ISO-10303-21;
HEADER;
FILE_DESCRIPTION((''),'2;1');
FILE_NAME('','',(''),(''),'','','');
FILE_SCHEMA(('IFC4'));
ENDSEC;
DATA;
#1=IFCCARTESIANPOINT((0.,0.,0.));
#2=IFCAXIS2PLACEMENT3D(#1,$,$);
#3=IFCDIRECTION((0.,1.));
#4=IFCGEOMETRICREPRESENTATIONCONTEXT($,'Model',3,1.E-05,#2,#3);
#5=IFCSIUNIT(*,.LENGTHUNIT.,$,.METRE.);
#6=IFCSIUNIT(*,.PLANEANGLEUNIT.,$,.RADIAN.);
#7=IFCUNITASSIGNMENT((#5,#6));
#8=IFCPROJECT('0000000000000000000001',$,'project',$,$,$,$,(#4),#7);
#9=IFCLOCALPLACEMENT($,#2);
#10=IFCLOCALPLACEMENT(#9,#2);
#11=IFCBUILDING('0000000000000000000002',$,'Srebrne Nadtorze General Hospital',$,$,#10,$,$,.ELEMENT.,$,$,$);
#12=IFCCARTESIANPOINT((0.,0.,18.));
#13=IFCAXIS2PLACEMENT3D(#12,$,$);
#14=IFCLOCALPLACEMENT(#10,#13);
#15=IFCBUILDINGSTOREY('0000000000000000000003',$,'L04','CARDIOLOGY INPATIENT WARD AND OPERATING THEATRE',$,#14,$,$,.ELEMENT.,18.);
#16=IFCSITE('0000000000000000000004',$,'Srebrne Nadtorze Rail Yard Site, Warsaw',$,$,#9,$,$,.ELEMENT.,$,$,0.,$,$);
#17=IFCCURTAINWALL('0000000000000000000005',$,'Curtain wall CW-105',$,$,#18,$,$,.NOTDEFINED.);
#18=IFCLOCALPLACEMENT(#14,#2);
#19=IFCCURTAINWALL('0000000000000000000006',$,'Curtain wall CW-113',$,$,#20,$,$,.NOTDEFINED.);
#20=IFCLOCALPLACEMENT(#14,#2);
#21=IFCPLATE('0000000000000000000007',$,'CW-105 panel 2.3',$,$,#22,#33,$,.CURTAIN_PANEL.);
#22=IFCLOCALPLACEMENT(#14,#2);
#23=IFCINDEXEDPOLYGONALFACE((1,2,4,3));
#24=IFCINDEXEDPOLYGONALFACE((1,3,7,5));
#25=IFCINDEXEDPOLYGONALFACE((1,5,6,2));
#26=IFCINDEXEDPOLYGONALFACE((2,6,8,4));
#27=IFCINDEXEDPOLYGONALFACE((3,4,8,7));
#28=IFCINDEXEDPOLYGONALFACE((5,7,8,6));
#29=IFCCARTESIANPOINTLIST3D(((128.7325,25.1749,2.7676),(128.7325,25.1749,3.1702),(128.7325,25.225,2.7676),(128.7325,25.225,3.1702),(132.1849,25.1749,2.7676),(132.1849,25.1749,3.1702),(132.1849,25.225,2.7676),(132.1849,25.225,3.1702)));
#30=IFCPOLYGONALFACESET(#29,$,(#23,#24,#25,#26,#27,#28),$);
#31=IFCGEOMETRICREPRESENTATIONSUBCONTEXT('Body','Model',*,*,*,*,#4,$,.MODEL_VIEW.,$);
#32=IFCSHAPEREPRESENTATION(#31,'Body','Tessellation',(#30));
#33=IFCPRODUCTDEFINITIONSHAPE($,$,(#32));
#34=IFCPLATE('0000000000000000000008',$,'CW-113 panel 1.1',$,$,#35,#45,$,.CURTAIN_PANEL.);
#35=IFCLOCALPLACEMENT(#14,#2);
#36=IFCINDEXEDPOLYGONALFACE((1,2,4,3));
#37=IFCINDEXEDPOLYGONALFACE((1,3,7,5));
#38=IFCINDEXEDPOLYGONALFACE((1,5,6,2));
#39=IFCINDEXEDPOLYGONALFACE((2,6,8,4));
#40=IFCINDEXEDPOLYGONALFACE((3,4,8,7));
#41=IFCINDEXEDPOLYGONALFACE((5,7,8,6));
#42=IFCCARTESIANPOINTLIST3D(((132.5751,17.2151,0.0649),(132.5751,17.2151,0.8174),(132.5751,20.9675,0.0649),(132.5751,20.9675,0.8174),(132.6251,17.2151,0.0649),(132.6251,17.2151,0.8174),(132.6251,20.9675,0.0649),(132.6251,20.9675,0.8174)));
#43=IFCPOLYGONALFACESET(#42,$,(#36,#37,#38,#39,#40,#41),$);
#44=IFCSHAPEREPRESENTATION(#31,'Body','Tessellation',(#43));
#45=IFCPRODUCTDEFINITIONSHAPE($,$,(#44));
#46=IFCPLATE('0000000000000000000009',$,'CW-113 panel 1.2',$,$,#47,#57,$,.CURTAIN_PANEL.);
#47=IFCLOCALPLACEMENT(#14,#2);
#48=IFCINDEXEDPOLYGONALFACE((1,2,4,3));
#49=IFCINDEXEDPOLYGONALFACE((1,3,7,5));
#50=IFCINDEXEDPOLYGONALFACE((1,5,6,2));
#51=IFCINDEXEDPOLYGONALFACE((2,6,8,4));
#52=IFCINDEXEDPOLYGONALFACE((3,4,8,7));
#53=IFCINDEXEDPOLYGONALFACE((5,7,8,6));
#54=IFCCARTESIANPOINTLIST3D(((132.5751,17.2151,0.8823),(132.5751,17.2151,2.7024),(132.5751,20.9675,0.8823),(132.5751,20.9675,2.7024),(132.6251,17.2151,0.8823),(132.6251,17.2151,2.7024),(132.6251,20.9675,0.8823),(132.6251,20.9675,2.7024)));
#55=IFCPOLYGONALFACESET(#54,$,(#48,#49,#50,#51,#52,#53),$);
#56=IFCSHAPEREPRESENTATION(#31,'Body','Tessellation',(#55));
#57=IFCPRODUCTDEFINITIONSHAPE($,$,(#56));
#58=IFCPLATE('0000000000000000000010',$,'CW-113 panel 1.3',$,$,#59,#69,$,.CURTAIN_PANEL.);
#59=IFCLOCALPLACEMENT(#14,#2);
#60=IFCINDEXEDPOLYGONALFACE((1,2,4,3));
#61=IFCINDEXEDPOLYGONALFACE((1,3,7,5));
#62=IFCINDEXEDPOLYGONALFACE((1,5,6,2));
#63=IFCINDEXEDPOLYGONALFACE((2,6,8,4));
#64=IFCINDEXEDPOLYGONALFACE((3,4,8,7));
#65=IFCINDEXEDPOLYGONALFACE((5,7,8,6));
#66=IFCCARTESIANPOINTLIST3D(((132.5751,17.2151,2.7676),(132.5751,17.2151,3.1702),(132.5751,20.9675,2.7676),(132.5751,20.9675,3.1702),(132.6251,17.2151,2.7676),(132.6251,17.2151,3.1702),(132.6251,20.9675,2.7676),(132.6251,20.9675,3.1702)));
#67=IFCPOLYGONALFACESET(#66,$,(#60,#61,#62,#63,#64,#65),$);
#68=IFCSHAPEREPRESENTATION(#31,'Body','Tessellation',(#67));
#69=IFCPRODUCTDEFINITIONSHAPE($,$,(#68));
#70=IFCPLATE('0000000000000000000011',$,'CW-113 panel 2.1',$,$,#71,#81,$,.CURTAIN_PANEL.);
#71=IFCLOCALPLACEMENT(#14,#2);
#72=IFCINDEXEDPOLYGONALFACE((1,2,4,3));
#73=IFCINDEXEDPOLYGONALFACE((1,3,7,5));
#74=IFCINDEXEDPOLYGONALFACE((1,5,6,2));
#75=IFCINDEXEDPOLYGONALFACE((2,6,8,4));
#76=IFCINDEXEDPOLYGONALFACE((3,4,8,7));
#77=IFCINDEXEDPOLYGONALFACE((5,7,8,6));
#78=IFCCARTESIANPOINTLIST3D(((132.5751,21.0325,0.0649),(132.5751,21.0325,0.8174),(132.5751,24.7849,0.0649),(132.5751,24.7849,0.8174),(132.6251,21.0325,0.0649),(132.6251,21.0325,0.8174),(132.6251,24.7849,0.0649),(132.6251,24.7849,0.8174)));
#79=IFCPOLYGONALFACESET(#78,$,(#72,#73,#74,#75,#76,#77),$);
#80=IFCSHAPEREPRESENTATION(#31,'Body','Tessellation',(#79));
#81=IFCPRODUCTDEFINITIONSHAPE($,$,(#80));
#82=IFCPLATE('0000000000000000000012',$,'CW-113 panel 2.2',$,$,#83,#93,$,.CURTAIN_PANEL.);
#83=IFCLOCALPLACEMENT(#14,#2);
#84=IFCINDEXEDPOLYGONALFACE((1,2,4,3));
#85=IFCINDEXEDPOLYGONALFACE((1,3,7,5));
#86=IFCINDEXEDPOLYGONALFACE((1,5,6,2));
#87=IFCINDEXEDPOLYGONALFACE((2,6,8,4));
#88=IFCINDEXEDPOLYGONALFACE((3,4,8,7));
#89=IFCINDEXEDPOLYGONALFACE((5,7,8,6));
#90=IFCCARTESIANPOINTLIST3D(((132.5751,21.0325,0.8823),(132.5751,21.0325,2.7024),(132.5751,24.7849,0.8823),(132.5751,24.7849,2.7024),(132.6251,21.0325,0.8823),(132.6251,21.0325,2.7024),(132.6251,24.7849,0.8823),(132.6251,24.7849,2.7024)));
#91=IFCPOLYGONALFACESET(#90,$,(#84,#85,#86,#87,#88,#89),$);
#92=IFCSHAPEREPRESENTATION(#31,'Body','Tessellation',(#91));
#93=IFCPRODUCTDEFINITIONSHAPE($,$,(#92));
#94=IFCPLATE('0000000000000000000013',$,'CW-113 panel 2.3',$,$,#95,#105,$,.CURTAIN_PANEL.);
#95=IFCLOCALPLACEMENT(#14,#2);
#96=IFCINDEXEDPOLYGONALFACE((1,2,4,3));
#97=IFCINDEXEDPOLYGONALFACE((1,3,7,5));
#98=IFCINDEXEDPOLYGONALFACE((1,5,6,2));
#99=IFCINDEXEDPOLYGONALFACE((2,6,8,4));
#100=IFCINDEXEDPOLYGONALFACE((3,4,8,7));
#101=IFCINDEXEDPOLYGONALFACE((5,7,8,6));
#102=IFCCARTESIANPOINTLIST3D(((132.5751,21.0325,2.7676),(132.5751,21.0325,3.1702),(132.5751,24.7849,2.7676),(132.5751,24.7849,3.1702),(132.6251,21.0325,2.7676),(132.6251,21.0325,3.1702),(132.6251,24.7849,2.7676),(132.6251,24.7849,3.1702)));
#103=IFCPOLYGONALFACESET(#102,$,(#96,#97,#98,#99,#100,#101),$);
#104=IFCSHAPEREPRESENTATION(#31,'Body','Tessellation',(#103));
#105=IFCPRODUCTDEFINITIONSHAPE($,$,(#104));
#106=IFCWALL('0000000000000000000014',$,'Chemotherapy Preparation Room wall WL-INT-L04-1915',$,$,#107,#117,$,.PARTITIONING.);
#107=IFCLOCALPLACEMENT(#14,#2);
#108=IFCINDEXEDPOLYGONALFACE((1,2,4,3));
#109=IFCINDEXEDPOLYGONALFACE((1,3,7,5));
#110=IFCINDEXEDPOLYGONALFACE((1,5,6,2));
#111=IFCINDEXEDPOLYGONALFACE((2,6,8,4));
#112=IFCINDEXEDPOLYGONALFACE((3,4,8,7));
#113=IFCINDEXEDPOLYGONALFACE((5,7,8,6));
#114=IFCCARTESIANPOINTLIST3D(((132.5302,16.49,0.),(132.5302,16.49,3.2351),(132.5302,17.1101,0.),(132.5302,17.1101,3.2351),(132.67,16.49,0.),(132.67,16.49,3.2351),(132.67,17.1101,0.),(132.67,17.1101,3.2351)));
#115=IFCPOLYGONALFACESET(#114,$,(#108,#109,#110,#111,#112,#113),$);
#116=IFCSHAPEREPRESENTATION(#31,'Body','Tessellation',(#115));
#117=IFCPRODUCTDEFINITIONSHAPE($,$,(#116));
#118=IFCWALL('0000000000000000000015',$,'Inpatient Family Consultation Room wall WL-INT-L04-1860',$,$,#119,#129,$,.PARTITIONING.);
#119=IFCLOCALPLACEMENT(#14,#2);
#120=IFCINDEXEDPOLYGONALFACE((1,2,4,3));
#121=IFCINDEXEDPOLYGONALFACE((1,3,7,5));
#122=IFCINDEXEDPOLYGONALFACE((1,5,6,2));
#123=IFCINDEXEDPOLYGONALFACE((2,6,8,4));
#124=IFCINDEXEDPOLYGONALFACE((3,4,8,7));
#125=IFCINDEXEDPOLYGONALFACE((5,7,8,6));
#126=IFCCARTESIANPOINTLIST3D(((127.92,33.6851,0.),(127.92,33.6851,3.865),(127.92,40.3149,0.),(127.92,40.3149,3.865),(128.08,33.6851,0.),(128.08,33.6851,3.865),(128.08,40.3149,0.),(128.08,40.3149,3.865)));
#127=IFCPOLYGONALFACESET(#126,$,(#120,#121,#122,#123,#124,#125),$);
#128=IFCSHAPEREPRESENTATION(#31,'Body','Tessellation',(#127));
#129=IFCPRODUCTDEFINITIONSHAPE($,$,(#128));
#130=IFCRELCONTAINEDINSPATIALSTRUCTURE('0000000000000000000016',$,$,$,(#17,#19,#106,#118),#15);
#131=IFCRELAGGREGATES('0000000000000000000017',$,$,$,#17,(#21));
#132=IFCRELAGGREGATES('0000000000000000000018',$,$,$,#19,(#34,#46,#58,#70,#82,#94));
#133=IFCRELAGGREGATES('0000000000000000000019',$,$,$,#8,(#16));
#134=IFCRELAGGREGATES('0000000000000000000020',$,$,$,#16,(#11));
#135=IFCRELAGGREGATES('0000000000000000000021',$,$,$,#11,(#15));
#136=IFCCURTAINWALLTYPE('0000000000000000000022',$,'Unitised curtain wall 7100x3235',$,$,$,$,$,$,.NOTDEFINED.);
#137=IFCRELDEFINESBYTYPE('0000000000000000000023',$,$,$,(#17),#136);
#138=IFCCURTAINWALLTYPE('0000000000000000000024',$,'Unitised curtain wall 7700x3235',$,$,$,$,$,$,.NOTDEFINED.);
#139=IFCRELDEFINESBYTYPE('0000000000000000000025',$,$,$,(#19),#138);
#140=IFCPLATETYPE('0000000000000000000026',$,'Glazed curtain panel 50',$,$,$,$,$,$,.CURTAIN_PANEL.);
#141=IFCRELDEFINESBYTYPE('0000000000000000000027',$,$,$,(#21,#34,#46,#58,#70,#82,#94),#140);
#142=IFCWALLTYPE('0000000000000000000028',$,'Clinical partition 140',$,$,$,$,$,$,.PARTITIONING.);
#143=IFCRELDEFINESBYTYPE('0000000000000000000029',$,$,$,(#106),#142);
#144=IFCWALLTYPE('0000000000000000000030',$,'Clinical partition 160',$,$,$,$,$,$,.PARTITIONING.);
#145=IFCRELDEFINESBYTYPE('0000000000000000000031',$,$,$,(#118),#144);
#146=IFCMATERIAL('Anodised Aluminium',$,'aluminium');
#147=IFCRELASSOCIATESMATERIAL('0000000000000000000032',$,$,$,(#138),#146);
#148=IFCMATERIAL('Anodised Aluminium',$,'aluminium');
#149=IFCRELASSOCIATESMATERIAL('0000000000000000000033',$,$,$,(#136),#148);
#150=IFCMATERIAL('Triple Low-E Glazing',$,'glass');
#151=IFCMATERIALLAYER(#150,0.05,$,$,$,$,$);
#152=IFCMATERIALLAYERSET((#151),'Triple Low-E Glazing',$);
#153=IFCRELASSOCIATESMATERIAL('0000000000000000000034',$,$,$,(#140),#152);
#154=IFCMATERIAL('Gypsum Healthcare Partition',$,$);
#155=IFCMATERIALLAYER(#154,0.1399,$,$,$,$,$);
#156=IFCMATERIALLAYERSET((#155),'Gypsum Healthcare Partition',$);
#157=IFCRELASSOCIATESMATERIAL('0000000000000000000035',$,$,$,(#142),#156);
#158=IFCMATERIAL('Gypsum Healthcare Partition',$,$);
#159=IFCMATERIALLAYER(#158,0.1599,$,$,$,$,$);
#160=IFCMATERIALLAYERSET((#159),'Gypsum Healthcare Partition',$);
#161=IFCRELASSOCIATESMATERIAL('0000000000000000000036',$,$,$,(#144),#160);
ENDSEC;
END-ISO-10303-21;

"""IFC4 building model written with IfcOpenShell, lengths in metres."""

from ifc_helpers import new_model, si_unit, direction, frame, frame_2d, origin, origin_2d, place, context, subcontext, project, spatial, rectangle, extrude, material, layer, layer_set, type_object, element, aggregate, save


model = new_model("IFC4")

# Units and contexts
model_context = context("Model", 3, precision=1e-05, world=origin(), true_north=direction((0.0, 1.0)))
body_context = subcontext(model_context, "Body", "Model", "MODEL_VIEW")
ifc_project = project(units=[si_unit("LENGTHUNIT", "METRE"), si_unit("PLANEANGLEUNIT", "RADIAN")], contexts=[model_context])

# Site, building, storey
site_placement = place(None, origin())
site = spatial("IfcSite", under=ifc_project, at=site_placement, Name="Srebrne Nadtorze Rail Yard Site, Warsaw", CompositionType="ELEMENT", RefElevation=0.0)
building_placement = place(site_placement, origin())
building = spatial("IfcBuilding", under=site, at=building_placement, Name="Srebrne Nadtorze General Hospital", CompositionType="ELEMENT")
storey_placement = place(building_placement, frame((0.0, 0.0, 18.0)))
storey = spatial("IfcBuildingStorey", under=building, at=storey_placement, Name="L04", Description="CARDIOLOGY INPATIENT WARD AND OPERATING THEATRE", CompositionType="ELEMENT", Elevation=18.0)

# Shared definitions
ifc_material_1 = material(Name="Anodised Aluminium", Category="aluminium")
curtain_wall_type_1 = type_object("IfcCurtainWallType", Name="Unitised curtain wall 7700x3235", PredefinedType="NOTDEFINED", material=ifc_material_1)

# Curtain walls
ifc_material_2 = material(Name="Anodised Aluminium", Category="aluminium")
curtain_wall_type_2 = type_object("IfcCurtainWallType", Name="Unitised curtain wall 7100x3235", PredefinedType="NOTDEFINED", material=ifc_material_2)
curtain_wall_1_placement = place(storey_placement, origin())
curtain_wall_1 = element("IfcCurtainWall", 1, at=curtain_wall_1_placement, inside=storey, type_object=curtain_wall_type_2, Name="Curtain wall CW-105", PredefinedType="NOTDEFINED")
curtain_wall_2_placement = place(storey_placement, origin())
curtain_wall_2 = element("IfcCurtainWall", 2, at=curtain_wall_2_placement, inside=storey, type_object=curtain_wall_type_1, Name="Curtain wall CW-113", PredefinedType="NOTDEFINED")

# Plates
ifc_material_3 = material(Name="Triple Low-E Glazing", Category="glass")
ifc_layer_1 = layer(ifc_material_3, 0.05)
ifc_layer_set_1 = layer_set([ifc_layer_1], Name="Triple Low-E Glazing")
plate_type = type_object("IfcPlateType", Name="Glazed curtain panel 50", PredefinedType="CURTAIN_PANEL", material=ifc_layer_set_1)
plate_1_placement = place(storey_placement, frame((130.4587, 25.2, 2.7676), z_axis=(0.0, 0.0, 1.0), x_axis=(1.0, 0.0, 0.0)))
plate_1 = element("IfcPlate", 3, at=plate_1_placement, type_object=plate_type, Name="CW-105 panel 2.3", PredefinedType="CURTAIN_PANEL", context=body_context, shape_type="SweptSolid", body=[
    extrude(rectangle(XDim=3.4524, YDim=0.05, at=origin_2d()), origin(), (0.0, 0.0, 1.0), 0.4026),
])
aggregate(curtain_wall_1, [plate_1])
plate_2_placement = place(storey_placement, frame((132.6001, 19.0913, 0.0649), z_axis=(0.0, 0.0, 1.0), x_axis=(0.0, 1.0, 0.0)))
plate_2 = element("IfcPlate", 4, at=plate_2_placement, type_object=plate_type, Name="CW-113 panel 1.1", PredefinedType="CURTAIN_PANEL", context=body_context, shape_type="SweptSolid", body=[
    extrude(rectangle(XDim=3.7524, YDim=0.05, at=origin_2d()), origin(), (0.0, 0.0, 1.0), 0.7524),
])
plate_3_placement = place(storey_placement, frame((132.6001, 19.0913, 0.8823), z_axis=(0.0, 0.0, 1.0), x_axis=(0.0, 1.0, 0.0)))
plate_3 = element("IfcPlate", 5, at=plate_3_placement, type_object=plate_type, Name="CW-113 panel 1.2", PredefinedType="CURTAIN_PANEL", context=body_context, shape_type="SweptSolid", body=[
    extrude(rectangle(XDim=3.7524, YDim=0.05, at=origin_2d()), origin(), (0.0, 0.0, 1.0), 1.8201),
])
plate_4_placement = place(storey_placement, frame((132.6001, 19.0913, 2.7676), z_axis=(0.0, 0.0, 1.0), x_axis=(0.0, 1.0, 0.0)))
plate_4 = element("IfcPlate", 6, at=plate_4_placement, type_object=plate_type, Name="CW-113 panel 1.3", PredefinedType="CURTAIN_PANEL", context=body_context, shape_type="SweptSolid", body=[
    extrude(rectangle(XDim=3.7524, YDim=0.05, at=origin_2d()), origin(), (0.0, 0.0, 1.0), 0.4026),
])
plate_5_placement = place(storey_placement, frame((132.6001, 22.9087, 0.0649), z_axis=(0.0, 0.0, 1.0), x_axis=(0.0, 1.0, 0.0)))
plate_5 = element("IfcPlate", 7, at=plate_5_placement, type_object=plate_type, Name="CW-113 panel 2.1", PredefinedType="CURTAIN_PANEL", context=body_context, shape_type="SweptSolid", body=[
    extrude(rectangle(XDim=3.7524, YDim=0.05, at=origin_2d()), origin(), (0.0, 0.0, 1.0), 0.7524),
])
plate_6_placement = place(storey_placement, frame((132.6001, 22.9087, 0.8823), z_axis=(0.0, 0.0, 1.0), x_axis=(0.0, 1.0, 0.0)))
plate_6 = element("IfcPlate", 8, at=plate_6_placement, type_object=plate_type, Name="CW-113 panel 2.2", PredefinedType="CURTAIN_PANEL", context=body_context, shape_type="SweptSolid", body=[
    extrude(rectangle(XDim=3.7524, YDim=0.05, at=origin_2d()), origin(), (0.0, 0.0, 1.0), 1.8201),
])
plate_7_placement = place(storey_placement, frame((132.6001, 22.9087, 2.7676), z_axis=(0.0, 0.0, 1.0), x_axis=(0.0, 1.0, 0.0)))
plate_7 = element("IfcPlate", 9, at=plate_7_placement, type_object=plate_type, Name="CW-113 panel 2.3", PredefinedType="CURTAIN_PANEL", context=body_context, shape_type="SweptSolid", body=[
    extrude(rectangle(XDim=3.7524, YDim=0.05, at=origin_2d()), origin(), (0.0, 0.0, 1.0), 0.4026),
])
aggregate(curtain_wall_2, [plate_2, plate_3, plate_4, plate_5, plate_6, plate_7])

# Walls
ifc_material_4 = material(Name="Gypsum Healthcare Partition")
ifc_layer_2 = layer(ifc_material_4, 0.1399)
ifc_layer_set_2 = layer_set([ifc_layer_2], Name="Gypsum Healthcare Partition")
wall_type_1 = type_object("IfcWallType", Name="Clinical partition 140", PredefinedType="PARTITIONING", material=ifc_layer_set_2)
wall_1_placement = place(storey_placement, frame((132.6001, 16.49, 0.0), z_axis=(0.0, 0.0, 1.0), x_axis=(0.0, 1.0, 0.0)))
element("IfcWall", 10, at=wall_1_placement, inside=storey, type_object=wall_type_1, Name="Chemotherapy Preparation Room wall WL-INT-L04-1915", PredefinedType="PARTITIONING", context=body_context, shape_type="SweptSolid", body=[
    extrude(rectangle(XDim=0.6201, YDim=0.1399, at=frame_2d((0.3101, 0.0))), origin(), (0.0, 0.0, 1.0), 3.2351),
])
ifc_material_5 = material(Name="Gypsum Healthcare Partition")
ifc_layer_3 = layer(ifc_material_5, 0.1599)
ifc_layer_set_3 = layer_set([ifc_layer_3], Name="Gypsum Healthcare Partition")
wall_type_2 = type_object("IfcWallType", Name="Clinical partition 160", PredefinedType="PARTITIONING", material=ifc_layer_set_3)
wall_2_placement = place(storey_placement, frame((128.0, 33.6851, 0.0), z_axis=(0.0, 0.0, 1.0), x_axis=(0.0, 1.0, 0.0)))
element("IfcWall", 11, at=wall_2_placement, inside=storey, type_object=wall_type_2, Name="Inpatient Family Consultation Room wall WL-INT-L04-1860", PredefinedType="PARTITIONING", context=body_context, shape_type="SweptSolid", body=[
    extrude(rectangle(XDim=6.6299, YDim=0.1599, at=frame_2d((3.3149, 0.0))), origin(), (0.0, 0.0, 1.0), 3.865),
])

save(model, "model.ifc")
